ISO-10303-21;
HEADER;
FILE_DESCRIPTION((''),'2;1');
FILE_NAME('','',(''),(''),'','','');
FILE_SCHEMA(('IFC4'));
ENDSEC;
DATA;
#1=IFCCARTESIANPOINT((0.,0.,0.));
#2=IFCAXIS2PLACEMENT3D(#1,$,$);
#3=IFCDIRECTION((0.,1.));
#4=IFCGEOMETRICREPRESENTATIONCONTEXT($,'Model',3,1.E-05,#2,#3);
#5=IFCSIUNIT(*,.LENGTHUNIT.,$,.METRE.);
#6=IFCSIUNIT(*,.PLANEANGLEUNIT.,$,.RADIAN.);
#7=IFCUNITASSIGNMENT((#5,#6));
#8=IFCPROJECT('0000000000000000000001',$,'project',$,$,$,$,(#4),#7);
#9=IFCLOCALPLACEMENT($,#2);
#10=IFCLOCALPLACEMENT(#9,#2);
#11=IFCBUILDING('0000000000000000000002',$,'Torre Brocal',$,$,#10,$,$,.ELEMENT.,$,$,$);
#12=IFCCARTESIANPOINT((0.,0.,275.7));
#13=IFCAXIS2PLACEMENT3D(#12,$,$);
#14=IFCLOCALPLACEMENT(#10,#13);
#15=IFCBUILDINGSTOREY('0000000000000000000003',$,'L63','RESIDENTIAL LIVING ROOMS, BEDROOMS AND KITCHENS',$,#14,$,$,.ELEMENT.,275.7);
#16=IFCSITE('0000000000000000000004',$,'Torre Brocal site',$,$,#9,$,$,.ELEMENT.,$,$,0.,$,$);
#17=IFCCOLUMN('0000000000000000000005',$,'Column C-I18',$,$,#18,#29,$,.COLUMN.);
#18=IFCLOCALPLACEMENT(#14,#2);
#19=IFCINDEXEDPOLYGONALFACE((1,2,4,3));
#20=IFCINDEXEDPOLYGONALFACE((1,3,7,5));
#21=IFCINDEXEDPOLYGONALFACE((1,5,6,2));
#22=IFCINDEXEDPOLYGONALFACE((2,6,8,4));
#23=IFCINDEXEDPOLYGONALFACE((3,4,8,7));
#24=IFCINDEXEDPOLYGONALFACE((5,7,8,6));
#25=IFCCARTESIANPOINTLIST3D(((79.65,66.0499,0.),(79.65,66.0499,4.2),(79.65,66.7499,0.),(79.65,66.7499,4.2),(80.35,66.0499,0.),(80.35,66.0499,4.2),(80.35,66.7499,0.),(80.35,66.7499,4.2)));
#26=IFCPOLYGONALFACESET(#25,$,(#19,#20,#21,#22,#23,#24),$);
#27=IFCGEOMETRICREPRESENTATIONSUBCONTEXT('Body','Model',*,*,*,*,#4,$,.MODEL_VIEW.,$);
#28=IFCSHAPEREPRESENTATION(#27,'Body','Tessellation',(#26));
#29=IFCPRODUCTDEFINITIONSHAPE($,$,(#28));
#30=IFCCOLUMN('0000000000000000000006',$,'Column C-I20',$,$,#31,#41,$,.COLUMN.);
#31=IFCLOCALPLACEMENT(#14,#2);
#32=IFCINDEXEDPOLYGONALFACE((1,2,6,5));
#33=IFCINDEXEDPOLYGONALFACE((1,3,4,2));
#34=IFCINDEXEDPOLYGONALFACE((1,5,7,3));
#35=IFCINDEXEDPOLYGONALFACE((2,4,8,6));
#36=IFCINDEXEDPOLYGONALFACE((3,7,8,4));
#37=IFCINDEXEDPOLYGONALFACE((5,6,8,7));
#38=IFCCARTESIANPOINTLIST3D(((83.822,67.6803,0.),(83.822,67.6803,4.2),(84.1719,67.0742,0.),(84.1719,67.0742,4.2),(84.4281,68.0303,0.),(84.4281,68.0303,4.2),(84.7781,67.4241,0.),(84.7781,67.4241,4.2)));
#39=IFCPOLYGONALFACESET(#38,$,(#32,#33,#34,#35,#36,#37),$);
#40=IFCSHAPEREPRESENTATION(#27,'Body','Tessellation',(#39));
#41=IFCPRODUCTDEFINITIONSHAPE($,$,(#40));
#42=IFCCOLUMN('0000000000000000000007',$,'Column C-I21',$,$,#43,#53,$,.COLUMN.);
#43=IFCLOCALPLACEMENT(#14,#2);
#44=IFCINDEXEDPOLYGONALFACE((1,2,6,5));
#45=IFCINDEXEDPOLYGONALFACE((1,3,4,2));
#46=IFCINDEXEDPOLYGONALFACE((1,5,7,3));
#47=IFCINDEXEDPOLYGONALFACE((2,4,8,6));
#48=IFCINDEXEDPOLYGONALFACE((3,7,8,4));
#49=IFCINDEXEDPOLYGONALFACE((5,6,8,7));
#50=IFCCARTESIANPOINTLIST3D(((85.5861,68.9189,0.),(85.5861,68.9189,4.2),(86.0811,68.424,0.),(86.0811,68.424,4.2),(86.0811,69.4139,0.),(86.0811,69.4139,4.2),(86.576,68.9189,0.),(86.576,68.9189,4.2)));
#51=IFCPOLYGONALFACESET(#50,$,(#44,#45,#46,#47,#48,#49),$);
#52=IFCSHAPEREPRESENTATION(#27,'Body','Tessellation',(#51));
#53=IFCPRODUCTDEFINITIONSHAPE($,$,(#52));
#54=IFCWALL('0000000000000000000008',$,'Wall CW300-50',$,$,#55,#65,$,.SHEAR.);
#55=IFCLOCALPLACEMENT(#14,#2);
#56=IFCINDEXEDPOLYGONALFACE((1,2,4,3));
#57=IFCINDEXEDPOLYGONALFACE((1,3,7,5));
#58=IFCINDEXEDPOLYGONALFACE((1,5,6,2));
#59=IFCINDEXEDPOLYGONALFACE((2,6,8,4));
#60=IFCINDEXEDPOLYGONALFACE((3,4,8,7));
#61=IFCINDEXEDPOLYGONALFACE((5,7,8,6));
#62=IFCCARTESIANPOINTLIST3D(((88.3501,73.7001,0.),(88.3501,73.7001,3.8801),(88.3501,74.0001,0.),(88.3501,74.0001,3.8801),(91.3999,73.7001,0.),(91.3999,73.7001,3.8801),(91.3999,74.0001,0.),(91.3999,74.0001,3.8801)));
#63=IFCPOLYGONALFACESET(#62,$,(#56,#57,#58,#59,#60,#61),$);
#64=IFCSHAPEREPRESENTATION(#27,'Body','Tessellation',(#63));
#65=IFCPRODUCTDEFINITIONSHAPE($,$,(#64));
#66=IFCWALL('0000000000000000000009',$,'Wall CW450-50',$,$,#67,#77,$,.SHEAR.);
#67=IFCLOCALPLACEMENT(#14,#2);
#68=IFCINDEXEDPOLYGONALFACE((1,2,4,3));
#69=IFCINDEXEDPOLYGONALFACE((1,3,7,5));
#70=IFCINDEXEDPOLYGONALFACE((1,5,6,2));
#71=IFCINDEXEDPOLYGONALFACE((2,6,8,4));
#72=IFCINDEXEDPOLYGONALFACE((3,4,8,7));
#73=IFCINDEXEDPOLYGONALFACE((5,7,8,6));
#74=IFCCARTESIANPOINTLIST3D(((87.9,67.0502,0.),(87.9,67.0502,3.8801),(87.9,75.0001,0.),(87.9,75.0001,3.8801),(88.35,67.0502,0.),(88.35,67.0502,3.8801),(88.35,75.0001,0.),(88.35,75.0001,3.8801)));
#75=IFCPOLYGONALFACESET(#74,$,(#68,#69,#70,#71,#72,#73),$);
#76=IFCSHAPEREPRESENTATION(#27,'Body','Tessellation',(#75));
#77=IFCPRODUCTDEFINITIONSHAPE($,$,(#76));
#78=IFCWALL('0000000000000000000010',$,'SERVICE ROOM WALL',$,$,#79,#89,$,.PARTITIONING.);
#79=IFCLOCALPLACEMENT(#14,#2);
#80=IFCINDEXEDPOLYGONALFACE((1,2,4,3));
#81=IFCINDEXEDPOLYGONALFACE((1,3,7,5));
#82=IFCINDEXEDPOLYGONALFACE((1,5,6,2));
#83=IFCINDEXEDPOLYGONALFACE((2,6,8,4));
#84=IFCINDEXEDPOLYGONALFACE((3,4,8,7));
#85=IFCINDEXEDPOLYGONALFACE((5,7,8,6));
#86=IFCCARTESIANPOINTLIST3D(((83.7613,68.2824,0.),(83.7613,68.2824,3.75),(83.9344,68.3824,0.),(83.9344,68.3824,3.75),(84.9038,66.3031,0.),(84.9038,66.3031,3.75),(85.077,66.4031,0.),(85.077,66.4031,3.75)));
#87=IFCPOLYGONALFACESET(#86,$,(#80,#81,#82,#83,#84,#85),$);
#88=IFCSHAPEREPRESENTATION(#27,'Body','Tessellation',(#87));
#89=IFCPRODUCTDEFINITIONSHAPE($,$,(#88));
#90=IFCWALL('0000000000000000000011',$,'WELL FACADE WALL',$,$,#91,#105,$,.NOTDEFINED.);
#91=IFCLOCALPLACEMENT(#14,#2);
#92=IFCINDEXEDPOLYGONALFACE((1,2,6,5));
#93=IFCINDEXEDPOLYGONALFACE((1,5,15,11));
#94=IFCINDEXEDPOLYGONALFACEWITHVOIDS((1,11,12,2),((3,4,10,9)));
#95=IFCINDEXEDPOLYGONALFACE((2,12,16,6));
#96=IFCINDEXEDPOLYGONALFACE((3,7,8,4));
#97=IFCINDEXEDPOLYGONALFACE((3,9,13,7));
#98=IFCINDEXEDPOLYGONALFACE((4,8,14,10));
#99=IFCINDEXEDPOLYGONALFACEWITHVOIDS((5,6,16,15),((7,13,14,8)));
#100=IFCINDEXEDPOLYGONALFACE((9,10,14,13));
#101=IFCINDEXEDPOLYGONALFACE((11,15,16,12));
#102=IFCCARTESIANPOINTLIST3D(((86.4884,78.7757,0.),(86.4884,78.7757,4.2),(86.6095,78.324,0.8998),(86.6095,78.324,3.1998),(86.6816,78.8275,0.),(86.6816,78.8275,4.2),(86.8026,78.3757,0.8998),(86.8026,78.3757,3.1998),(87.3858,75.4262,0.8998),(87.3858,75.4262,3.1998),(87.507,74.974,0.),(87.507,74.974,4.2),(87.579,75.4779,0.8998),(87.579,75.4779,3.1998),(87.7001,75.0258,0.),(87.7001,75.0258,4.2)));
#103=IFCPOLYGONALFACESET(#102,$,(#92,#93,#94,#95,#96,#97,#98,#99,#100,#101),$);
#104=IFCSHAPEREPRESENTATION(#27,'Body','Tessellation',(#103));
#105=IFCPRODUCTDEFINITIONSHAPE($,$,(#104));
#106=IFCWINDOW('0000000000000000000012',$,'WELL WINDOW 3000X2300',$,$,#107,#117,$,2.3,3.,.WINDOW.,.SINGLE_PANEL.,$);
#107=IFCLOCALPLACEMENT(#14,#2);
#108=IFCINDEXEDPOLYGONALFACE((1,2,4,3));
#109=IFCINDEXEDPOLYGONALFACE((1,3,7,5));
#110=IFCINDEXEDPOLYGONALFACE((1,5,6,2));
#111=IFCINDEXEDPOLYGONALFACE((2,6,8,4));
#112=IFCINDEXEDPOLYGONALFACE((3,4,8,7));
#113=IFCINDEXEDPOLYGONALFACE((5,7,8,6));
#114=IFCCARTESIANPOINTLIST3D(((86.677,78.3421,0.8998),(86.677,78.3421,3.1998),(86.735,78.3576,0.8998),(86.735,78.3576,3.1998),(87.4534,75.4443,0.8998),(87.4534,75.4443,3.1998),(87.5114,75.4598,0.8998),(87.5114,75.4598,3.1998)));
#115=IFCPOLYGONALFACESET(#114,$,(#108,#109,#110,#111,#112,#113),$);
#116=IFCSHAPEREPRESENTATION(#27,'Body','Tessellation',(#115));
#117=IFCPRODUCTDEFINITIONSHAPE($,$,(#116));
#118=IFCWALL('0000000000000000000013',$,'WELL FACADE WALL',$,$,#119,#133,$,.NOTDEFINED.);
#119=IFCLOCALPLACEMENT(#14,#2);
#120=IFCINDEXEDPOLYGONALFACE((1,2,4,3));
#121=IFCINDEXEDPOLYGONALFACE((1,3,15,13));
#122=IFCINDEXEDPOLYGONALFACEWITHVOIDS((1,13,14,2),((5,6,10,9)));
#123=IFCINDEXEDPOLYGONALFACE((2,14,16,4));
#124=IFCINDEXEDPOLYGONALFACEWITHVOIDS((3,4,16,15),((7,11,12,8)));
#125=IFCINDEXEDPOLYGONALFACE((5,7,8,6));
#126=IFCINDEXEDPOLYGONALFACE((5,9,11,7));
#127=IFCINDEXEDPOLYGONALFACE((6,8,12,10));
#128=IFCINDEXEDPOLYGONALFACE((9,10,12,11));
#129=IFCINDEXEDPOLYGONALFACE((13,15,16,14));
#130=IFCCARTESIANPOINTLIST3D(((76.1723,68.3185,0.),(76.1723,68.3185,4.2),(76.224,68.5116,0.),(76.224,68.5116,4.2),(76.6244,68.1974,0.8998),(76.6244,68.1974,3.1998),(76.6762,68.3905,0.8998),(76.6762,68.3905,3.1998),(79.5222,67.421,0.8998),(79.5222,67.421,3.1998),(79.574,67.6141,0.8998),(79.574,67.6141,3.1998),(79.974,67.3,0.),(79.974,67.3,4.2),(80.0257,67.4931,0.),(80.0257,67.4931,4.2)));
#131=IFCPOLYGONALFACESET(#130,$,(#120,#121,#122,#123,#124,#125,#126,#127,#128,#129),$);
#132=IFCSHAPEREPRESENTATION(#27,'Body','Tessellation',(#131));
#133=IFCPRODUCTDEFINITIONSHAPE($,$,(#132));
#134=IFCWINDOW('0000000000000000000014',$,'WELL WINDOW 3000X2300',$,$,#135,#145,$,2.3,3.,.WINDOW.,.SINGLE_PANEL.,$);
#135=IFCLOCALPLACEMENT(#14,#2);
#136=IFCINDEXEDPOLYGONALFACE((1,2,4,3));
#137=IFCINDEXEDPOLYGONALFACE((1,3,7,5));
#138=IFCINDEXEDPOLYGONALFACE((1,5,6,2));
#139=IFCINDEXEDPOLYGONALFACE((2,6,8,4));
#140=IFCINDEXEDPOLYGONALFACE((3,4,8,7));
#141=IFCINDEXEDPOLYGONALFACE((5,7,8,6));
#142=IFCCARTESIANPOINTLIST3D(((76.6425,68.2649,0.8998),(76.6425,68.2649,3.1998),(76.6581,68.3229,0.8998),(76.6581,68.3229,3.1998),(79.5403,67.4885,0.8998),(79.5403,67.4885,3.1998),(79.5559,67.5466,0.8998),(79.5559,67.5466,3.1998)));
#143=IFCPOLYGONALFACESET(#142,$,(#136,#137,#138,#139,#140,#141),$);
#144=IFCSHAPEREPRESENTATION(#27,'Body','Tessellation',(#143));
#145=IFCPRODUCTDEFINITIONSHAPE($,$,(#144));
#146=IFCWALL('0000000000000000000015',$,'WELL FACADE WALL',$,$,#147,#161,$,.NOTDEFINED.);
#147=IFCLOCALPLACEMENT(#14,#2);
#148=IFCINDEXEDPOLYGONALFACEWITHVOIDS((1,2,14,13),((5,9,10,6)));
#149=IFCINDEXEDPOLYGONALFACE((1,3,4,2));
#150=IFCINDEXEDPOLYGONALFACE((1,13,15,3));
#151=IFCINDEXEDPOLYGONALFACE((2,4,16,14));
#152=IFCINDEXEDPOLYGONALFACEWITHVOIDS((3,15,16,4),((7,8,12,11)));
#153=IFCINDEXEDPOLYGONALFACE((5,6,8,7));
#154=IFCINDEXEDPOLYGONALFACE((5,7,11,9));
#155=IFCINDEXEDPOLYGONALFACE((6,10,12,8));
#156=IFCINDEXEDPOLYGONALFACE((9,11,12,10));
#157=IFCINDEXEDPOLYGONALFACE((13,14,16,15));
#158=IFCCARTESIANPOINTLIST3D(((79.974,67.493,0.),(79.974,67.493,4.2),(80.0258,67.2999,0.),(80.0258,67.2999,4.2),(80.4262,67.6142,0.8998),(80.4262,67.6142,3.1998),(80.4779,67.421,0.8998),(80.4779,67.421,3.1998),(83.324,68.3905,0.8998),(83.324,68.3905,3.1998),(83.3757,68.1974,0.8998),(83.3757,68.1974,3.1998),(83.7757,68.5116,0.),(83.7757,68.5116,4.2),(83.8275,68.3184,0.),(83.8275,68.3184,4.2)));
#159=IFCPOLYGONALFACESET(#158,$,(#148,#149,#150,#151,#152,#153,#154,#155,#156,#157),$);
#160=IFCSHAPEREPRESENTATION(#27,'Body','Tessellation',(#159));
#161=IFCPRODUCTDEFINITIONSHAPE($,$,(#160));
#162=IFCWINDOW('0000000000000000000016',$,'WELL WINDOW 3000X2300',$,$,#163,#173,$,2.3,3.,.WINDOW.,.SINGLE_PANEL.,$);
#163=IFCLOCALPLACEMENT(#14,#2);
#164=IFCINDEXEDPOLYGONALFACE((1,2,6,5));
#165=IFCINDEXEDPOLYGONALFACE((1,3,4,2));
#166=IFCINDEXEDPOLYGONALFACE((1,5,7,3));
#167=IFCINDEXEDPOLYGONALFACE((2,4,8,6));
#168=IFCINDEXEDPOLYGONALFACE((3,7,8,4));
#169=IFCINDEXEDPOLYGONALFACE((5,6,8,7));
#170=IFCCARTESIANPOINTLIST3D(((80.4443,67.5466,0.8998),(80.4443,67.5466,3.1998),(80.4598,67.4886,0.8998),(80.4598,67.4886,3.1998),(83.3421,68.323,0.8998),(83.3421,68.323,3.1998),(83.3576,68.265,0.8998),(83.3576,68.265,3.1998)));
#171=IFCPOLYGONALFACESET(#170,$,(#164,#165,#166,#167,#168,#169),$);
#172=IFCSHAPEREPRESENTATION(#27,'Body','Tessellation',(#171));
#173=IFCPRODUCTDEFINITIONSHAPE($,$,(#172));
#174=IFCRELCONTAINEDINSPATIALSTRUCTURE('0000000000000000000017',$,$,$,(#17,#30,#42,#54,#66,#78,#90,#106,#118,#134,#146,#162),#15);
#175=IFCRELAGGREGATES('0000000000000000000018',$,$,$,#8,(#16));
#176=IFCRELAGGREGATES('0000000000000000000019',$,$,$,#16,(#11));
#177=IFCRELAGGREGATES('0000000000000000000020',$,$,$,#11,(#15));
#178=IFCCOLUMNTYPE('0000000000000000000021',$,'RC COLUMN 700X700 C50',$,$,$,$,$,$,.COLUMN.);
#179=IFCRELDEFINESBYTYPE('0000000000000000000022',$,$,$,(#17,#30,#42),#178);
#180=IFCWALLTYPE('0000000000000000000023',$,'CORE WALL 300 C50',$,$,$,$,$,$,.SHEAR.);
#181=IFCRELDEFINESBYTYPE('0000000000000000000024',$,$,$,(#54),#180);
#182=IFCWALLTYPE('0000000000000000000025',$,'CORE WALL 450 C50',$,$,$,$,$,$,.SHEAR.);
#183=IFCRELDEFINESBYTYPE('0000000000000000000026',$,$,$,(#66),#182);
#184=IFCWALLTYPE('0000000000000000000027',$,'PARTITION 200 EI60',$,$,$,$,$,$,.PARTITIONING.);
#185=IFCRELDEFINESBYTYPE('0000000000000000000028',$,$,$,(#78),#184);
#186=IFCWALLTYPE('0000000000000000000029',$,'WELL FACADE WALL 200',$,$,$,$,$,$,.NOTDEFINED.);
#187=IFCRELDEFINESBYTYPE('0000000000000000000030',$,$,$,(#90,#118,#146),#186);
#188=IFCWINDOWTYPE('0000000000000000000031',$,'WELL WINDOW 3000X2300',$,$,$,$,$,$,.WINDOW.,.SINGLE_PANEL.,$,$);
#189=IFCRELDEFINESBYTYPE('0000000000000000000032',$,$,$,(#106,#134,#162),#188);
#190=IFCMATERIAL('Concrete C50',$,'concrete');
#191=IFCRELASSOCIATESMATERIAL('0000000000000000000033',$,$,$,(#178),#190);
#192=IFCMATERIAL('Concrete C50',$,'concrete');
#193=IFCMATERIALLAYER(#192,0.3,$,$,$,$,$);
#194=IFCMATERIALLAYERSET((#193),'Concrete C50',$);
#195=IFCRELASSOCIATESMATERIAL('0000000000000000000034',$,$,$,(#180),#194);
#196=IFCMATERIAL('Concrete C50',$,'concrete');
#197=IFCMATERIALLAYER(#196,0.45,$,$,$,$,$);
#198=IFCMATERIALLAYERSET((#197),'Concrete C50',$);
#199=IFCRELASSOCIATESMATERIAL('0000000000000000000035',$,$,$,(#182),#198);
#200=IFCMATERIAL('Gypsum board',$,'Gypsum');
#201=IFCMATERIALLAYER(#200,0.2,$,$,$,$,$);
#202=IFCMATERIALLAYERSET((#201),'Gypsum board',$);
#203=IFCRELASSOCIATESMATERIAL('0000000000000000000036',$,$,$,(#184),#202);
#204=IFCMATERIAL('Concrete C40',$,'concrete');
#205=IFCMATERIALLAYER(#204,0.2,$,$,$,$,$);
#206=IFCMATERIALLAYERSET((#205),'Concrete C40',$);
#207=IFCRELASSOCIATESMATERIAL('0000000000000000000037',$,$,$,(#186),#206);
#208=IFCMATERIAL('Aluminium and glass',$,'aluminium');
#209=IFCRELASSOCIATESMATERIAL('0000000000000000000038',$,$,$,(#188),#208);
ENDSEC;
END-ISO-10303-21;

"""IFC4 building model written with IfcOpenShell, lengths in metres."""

from ifc_helpers import new_model, si_unit, direction, frame, frame_2d, origin, origin_2d, place, context, subcontext, project, spatial, rectangle, extrude, material, layer, layer_set, material_profile, profile_set, type_object, element, fill, save


model = new_model("IFC4")

# Units and contexts
model_context = context("Model", 3, precision=1e-05, world=origin(), true_north=direction((0.0, 1.0)))
body_context = subcontext(model_context, "Body", "Model", "MODEL_VIEW")
ifc_project = project(units=[si_unit("LENGTHUNIT", "METRE"), si_unit("PLANEANGLEUNIT", "RADIAN")], contexts=[model_context])

# Site, building, storey
site_placement = place(None, origin())
site = spatial("IfcSite", under=ifc_project, at=site_placement, Name="Torre Brocal site", CompositionType="ELEMENT", RefElevation=0.0)
building_placement = place(site_placement, origin())
building = spatial("IfcBuilding", under=site, at=building_placement, Name="Torre Brocal", CompositionType="ELEMENT")
storey_placement = place(building_placement, frame((0.0, 0.0, 275.7)))
storey = spatial("IfcBuildingStorey", under=building, at=storey_placement, Name="L63", Description="RESIDENTIAL LIVING ROOMS, BEDROOMS AND KITCHENS", CompositionType="ELEMENT", Elevation=275.7)

# Columns
ifc_material_1 = material(Name="Concrete C50", Category="concrete")
ifc_material_profile = material_profile(ifc_material_1, rectangle(XDim=0.7, YDim=0.7, at=origin_2d()), Name="RC 700X700")
ifc_profile_set = profile_set([ifc_material_profile], Name="Concrete C50")
column_type = type_object("IfcColumnType", Name="RC COLUMN 700X700 C50", PredefinedType="COLUMN", material=ifc_profile_set)
for number, where, z_axis, x_axis, name in (
    (1, (80.0, 66.3999, 0.0), (0.0, 0.0, 1.0), (0.0, -1.0, 0.0), "Column C-I18"),
    (2, (84.3, 67.5522, 0.0), (0.0, 0.0, 1.0), (0.5, -0.866025, 0.0), "Column C-I20"),
    (3, (86.0811, 68.9189, 0.0), (0.0, 0.0, 1.0), (0.707107, -0.707107, 0.0), "Column C-I21"),
):
    element("IfcColumn", number, at=place(storey_placement, frame(where, z_axis=z_axis, x_axis=x_axis)), inside=storey, type_object=column_type, Name=name, PredefinedType="COLUMN", context=body_context, shape_type="SweptSolid", body=[
        extrude(rectangle(XDim=0.7, YDim=0.7, at=origin_2d()), origin(), (0.0, 0.0, 1.0), 4.2),
    ])

# Wall
ifc_material_2 = material(Name="Concrete C50", Category="concrete")
ifc_layer_1 = layer(ifc_material_2, 0.3)
ifc_layer_set_1 = layer_set([ifc_layer_1], Name="Concrete C50")
wall_type_1 = type_object("IfcWallType", Name="CORE WALL 300 C50", PredefinedType="SHEAR", material=ifc_layer_set_1)
wall_1_placement = place(storey_placement, frame((88.3501, 73.8501, 0.0), z_axis=(0.0, 0.0, 1.0), x_axis=(1.0, 0.0, 0.0)))
element("IfcWall", 4, at=wall_1_placement, inside=storey, type_object=wall_type_1, Name="Wall CW300-50", PredefinedType="SHEAR", context=body_context, shape_type="SweptSolid", body=[
    extrude(rectangle(XDim=3.0498, YDim=0.3, at=frame_2d((1.5249, 0.0))), origin(), (0.0, 0.0, 1.0), 3.8801),
])

# Shared definitions
ifc_material_3 = material(Name="Concrete C50", Category="concrete")
ifc_layer_2 = layer(ifc_material_3, 0.45)
ifc_layer_set_2 = layer_set([ifc_layer_2], Name="Concrete C50")
wall_type_2 = type_object("IfcWallType", Name="CORE WALL 450 C50", PredefinedType="SHEAR", material=ifc_layer_set_2)

# Walls
wall_2_placement = place(storey_placement, frame((88.125, 67.05, 0.0), z_axis=(0.0, 0.0, 1.0), x_axis=(0.0, 1.0, 0.0)))
element("IfcWall", 5, at=wall_2_placement, inside=storey, type_object=wall_type_2, Name="Wall CW450-50", PredefinedType="SHEAR", context=body_context, shape_type="SweptSolid", body=[
    extrude(rectangle(XDim=7.95, YDim=0.45, at=frame_2d((3.9751, 0.0))), origin(), (0.0, 0.0, 1.0), 3.8801),
])
ifc_material_4 = material(Name="Gypsum board", Category="Gypsum")
ifc_layer_3 = layer(ifc_material_4, 0.2)
ifc_layer_set_3 = layer_set([ifc_layer_3], Name="Gypsum board")
wall_type_3 = type_object("IfcWallType", Name="PARTITION 200 EI60", PredefinedType="PARTITIONING", material=ifc_layer_set_3)
wall_3_placement = place(storey_placement, frame((83.8479, 68.3323, 0.0), z_axis=(0.0, 0.0, 1.0), x_axis=(0.499954, -0.866052, 0.0)))
element("IfcWall", 6, at=wall_3_placement, inside=storey, type_object=wall_type_3, Name="SERVICE ROOM WALL", PredefinedType="PARTITIONING", context=body_context, shape_type="SweptSolid", body=[
    extrude(rectangle(XDim=2.2854, YDim=0.2, at=frame_2d((1.1426, 0.0))), origin(), (0.0, 0.0, 1.0), 3.75),
])

# Walls, openings, windows
ifc_material_5 = material(Name="Concrete C40", Category="concrete")
ifc_layer_4 = layer(ifc_material_5, 0.2)
ifc_layer_set_4 = layer_set([ifc_layer_4], Name="Concrete C40")
wall_type_4 = type_object("IfcWallType", Name="WELL FACADE WALL 200", PredefinedType="NOTDEFINED", material=ifc_layer_set_4)
wall_4_placement = place(storey_placement, frame((87.6035, 75.0, 0.0), z_axis=(0.0, 0.0, 1.0), x_axis=(-0.25879, 0.965934, 0.0)))
wall_4 = element("IfcWall", 7, at=wall_4_placement, inside=storey, type_object=wall_type_4, Name="WELL FACADE WALL", PredefinedType="NOTDEFINED", context=body_context, shape_type="SweptSolid", body=[
    extrude(rectangle(XDim=3.9358, YDim=0.2, at=frame_2d((1.9678, 0.0))), origin(), (0.0, 0.0, 1.0), 4.2),
])
opening_1_placement = place(wall_4_placement, frame((0.468, 0.0, 0.8999)))
opening_1 = element("IfcOpeningElement", 8, at=opening_1_placement, cuts=wall_4, PredefinedType="OPENING", context=body_context, shape_type="SweptSolid", body=[
    extrude(rectangle(XDim=3.0, YDim=2.3, at=frame_2d((1.5, 1.1499))), frame((0.0, 0.1099, 0.0), z_axis=(0.0, -1.0, 0.0), x_axis=(1.0, 0.0, 0.0)), (0.0, 0.0, 1.0), 0.22),
])
ifc_material_6 = material(Name="Aluminium and glass", Category="aluminium")
window_type = type_object("IfcWindowType", Name="WELL WINDOW 3000X2300", PartitioningType="SINGLE_PANEL", PredefinedType="WINDOW", material=ifc_material_6)
window_1_placement = place(opening_1_placement, origin())
window_1 = element("IfcWindow", 9, at=window_1_placement, inside=storey, type_object=window_type, Name="WELL WINDOW 3000X2300", OverallHeight=2.3, OverallWidth=3.0, PartitioningType="SINGLE_PANEL", PredefinedType="WINDOW", context=body_context, shape_type="SweptSolid", body=[
    extrude(rectangle(XDim=3.0, YDim=2.3, at=frame_2d((1.5, 1.1499))), frame((0.0, 0.03, 0.0), z_axis=(0.0, -1.0, 0.0), x_axis=(1.0, 0.0, 0.0)), (0.0, 0.0, 1.0), 0.0601),
])
fill(opening_1, window_1)
wall_5_placement = place(storey_placement, frame((76.1982, 68.415, 0.0), z_axis=(0.0, 0.0, 1.0), x_axis=(0.965934, -0.25879, 0.0)))
wall_5 = element("IfcWall", 10, at=wall_5_placement, inside=storey, type_object=wall_type_4, Name="WELL FACADE WALL", PredefinedType="NOTDEFINED", context=body_context, shape_type="SweptSolid", body=[
    extrude(rectangle(XDim=3.9358, YDim=0.2, at=frame_2d((1.9678, 0.0))), origin(), (0.0, 0.0, 1.0), 4.2),
])
opening_2_placement = place(wall_5_placement, frame((0.468, 0.0, 0.8999)))
opening_2 = element("IfcOpeningElement", 11, at=opening_2_placement, cuts=wall_5, PredefinedType="OPENING", context=body_context, shape_type="SweptSolid", body=[
    extrude(rectangle(XDim=3.0, YDim=2.3, at=frame_2d((1.5, 1.1499))), frame((0.0, 0.1099, 0.0), z_axis=(0.0, -1.0, 0.0), x_axis=(1.0, 0.0, 0.0)), (0.0, 0.0, 1.0), 0.22),
])
window_2_placement = place(opening_2_placement, origin())
window_2 = element("IfcWindow", 12, at=window_2_placement, inside=storey, type_object=window_type, Name="WELL WINDOW 3000X2300", OverallHeight=2.3, OverallWidth=3.0, PartitioningType="SINGLE_PANEL", PredefinedType="WINDOW", context=body_context, shape_type="SweptSolid", body=[
    extrude(rectangle(XDim=3.0, YDim=2.3, at=frame_2d((1.5, 1.1499))), frame((0.0, 0.03, 0.0), z_axis=(0.0, -1.0, 0.0), x_axis=(1.0, 0.0, 0.0)), (0.0, 0.0, 1.0), 0.0601),
])
fill(opening_2, window_2)
wall_6_placement = place(storey_placement, frame((80.0, 67.3965, 0.0), z_axis=(0.0, 0.0, 1.0), x_axis=(0.965934, 0.25879, 0.0)))
wall_6 = element("IfcWall", 13, at=wall_6_placement, inside=storey, type_object=wall_type_4, Name="WELL FACADE WALL", PredefinedType="NOTDEFINED", context=body_context, shape_type="SweptSolid", body=[
    extrude(rectangle(XDim=3.9358, YDim=0.2, at=frame_2d((1.9678, 0.0))), origin(), (0.0, 0.0, 1.0), 4.2),
])
opening_3_placement = place(wall_6_placement, frame((0.468, 0.0, 0.8999)))
opening_3 = element("IfcOpeningElement", 14, at=opening_3_placement, cuts=wall_6, PredefinedType="OPENING", context=body_context, shape_type="SweptSolid", body=[
    extrude(rectangle(XDim=3.0, YDim=2.3, at=frame_2d((1.5, 1.1499))), frame((0.0, 0.1099, 0.0), z_axis=(0.0, -1.0, 0.0), x_axis=(1.0, 0.0, 0.0)), (0.0, 0.0, 1.0), 0.22),
])
window_3_placement = place(opening_3_placement, origin())
window_3 = element("IfcWindow", 15, at=window_3_placement, inside=storey, type_object=window_type, Name="WELL WINDOW 3000X2300", OverallHeight=2.3, OverallWidth=3.0, PartitioningType="SINGLE_PANEL", PredefinedType="WINDOW", context=body_context, shape_type="SweptSolid", body=[
    extrude(rectangle(XDim=3.0, YDim=2.3, at=frame_2d((1.5, 1.1499))), frame((0.0, 0.03, 0.0), z_axis=(0.0, -1.0, 0.0), x_axis=(1.0, 0.0, 0.0)), (0.0, 0.0, 1.0), 0.0601),
])
fill(opening_3, window_3)

save(model, "model.ifc")
